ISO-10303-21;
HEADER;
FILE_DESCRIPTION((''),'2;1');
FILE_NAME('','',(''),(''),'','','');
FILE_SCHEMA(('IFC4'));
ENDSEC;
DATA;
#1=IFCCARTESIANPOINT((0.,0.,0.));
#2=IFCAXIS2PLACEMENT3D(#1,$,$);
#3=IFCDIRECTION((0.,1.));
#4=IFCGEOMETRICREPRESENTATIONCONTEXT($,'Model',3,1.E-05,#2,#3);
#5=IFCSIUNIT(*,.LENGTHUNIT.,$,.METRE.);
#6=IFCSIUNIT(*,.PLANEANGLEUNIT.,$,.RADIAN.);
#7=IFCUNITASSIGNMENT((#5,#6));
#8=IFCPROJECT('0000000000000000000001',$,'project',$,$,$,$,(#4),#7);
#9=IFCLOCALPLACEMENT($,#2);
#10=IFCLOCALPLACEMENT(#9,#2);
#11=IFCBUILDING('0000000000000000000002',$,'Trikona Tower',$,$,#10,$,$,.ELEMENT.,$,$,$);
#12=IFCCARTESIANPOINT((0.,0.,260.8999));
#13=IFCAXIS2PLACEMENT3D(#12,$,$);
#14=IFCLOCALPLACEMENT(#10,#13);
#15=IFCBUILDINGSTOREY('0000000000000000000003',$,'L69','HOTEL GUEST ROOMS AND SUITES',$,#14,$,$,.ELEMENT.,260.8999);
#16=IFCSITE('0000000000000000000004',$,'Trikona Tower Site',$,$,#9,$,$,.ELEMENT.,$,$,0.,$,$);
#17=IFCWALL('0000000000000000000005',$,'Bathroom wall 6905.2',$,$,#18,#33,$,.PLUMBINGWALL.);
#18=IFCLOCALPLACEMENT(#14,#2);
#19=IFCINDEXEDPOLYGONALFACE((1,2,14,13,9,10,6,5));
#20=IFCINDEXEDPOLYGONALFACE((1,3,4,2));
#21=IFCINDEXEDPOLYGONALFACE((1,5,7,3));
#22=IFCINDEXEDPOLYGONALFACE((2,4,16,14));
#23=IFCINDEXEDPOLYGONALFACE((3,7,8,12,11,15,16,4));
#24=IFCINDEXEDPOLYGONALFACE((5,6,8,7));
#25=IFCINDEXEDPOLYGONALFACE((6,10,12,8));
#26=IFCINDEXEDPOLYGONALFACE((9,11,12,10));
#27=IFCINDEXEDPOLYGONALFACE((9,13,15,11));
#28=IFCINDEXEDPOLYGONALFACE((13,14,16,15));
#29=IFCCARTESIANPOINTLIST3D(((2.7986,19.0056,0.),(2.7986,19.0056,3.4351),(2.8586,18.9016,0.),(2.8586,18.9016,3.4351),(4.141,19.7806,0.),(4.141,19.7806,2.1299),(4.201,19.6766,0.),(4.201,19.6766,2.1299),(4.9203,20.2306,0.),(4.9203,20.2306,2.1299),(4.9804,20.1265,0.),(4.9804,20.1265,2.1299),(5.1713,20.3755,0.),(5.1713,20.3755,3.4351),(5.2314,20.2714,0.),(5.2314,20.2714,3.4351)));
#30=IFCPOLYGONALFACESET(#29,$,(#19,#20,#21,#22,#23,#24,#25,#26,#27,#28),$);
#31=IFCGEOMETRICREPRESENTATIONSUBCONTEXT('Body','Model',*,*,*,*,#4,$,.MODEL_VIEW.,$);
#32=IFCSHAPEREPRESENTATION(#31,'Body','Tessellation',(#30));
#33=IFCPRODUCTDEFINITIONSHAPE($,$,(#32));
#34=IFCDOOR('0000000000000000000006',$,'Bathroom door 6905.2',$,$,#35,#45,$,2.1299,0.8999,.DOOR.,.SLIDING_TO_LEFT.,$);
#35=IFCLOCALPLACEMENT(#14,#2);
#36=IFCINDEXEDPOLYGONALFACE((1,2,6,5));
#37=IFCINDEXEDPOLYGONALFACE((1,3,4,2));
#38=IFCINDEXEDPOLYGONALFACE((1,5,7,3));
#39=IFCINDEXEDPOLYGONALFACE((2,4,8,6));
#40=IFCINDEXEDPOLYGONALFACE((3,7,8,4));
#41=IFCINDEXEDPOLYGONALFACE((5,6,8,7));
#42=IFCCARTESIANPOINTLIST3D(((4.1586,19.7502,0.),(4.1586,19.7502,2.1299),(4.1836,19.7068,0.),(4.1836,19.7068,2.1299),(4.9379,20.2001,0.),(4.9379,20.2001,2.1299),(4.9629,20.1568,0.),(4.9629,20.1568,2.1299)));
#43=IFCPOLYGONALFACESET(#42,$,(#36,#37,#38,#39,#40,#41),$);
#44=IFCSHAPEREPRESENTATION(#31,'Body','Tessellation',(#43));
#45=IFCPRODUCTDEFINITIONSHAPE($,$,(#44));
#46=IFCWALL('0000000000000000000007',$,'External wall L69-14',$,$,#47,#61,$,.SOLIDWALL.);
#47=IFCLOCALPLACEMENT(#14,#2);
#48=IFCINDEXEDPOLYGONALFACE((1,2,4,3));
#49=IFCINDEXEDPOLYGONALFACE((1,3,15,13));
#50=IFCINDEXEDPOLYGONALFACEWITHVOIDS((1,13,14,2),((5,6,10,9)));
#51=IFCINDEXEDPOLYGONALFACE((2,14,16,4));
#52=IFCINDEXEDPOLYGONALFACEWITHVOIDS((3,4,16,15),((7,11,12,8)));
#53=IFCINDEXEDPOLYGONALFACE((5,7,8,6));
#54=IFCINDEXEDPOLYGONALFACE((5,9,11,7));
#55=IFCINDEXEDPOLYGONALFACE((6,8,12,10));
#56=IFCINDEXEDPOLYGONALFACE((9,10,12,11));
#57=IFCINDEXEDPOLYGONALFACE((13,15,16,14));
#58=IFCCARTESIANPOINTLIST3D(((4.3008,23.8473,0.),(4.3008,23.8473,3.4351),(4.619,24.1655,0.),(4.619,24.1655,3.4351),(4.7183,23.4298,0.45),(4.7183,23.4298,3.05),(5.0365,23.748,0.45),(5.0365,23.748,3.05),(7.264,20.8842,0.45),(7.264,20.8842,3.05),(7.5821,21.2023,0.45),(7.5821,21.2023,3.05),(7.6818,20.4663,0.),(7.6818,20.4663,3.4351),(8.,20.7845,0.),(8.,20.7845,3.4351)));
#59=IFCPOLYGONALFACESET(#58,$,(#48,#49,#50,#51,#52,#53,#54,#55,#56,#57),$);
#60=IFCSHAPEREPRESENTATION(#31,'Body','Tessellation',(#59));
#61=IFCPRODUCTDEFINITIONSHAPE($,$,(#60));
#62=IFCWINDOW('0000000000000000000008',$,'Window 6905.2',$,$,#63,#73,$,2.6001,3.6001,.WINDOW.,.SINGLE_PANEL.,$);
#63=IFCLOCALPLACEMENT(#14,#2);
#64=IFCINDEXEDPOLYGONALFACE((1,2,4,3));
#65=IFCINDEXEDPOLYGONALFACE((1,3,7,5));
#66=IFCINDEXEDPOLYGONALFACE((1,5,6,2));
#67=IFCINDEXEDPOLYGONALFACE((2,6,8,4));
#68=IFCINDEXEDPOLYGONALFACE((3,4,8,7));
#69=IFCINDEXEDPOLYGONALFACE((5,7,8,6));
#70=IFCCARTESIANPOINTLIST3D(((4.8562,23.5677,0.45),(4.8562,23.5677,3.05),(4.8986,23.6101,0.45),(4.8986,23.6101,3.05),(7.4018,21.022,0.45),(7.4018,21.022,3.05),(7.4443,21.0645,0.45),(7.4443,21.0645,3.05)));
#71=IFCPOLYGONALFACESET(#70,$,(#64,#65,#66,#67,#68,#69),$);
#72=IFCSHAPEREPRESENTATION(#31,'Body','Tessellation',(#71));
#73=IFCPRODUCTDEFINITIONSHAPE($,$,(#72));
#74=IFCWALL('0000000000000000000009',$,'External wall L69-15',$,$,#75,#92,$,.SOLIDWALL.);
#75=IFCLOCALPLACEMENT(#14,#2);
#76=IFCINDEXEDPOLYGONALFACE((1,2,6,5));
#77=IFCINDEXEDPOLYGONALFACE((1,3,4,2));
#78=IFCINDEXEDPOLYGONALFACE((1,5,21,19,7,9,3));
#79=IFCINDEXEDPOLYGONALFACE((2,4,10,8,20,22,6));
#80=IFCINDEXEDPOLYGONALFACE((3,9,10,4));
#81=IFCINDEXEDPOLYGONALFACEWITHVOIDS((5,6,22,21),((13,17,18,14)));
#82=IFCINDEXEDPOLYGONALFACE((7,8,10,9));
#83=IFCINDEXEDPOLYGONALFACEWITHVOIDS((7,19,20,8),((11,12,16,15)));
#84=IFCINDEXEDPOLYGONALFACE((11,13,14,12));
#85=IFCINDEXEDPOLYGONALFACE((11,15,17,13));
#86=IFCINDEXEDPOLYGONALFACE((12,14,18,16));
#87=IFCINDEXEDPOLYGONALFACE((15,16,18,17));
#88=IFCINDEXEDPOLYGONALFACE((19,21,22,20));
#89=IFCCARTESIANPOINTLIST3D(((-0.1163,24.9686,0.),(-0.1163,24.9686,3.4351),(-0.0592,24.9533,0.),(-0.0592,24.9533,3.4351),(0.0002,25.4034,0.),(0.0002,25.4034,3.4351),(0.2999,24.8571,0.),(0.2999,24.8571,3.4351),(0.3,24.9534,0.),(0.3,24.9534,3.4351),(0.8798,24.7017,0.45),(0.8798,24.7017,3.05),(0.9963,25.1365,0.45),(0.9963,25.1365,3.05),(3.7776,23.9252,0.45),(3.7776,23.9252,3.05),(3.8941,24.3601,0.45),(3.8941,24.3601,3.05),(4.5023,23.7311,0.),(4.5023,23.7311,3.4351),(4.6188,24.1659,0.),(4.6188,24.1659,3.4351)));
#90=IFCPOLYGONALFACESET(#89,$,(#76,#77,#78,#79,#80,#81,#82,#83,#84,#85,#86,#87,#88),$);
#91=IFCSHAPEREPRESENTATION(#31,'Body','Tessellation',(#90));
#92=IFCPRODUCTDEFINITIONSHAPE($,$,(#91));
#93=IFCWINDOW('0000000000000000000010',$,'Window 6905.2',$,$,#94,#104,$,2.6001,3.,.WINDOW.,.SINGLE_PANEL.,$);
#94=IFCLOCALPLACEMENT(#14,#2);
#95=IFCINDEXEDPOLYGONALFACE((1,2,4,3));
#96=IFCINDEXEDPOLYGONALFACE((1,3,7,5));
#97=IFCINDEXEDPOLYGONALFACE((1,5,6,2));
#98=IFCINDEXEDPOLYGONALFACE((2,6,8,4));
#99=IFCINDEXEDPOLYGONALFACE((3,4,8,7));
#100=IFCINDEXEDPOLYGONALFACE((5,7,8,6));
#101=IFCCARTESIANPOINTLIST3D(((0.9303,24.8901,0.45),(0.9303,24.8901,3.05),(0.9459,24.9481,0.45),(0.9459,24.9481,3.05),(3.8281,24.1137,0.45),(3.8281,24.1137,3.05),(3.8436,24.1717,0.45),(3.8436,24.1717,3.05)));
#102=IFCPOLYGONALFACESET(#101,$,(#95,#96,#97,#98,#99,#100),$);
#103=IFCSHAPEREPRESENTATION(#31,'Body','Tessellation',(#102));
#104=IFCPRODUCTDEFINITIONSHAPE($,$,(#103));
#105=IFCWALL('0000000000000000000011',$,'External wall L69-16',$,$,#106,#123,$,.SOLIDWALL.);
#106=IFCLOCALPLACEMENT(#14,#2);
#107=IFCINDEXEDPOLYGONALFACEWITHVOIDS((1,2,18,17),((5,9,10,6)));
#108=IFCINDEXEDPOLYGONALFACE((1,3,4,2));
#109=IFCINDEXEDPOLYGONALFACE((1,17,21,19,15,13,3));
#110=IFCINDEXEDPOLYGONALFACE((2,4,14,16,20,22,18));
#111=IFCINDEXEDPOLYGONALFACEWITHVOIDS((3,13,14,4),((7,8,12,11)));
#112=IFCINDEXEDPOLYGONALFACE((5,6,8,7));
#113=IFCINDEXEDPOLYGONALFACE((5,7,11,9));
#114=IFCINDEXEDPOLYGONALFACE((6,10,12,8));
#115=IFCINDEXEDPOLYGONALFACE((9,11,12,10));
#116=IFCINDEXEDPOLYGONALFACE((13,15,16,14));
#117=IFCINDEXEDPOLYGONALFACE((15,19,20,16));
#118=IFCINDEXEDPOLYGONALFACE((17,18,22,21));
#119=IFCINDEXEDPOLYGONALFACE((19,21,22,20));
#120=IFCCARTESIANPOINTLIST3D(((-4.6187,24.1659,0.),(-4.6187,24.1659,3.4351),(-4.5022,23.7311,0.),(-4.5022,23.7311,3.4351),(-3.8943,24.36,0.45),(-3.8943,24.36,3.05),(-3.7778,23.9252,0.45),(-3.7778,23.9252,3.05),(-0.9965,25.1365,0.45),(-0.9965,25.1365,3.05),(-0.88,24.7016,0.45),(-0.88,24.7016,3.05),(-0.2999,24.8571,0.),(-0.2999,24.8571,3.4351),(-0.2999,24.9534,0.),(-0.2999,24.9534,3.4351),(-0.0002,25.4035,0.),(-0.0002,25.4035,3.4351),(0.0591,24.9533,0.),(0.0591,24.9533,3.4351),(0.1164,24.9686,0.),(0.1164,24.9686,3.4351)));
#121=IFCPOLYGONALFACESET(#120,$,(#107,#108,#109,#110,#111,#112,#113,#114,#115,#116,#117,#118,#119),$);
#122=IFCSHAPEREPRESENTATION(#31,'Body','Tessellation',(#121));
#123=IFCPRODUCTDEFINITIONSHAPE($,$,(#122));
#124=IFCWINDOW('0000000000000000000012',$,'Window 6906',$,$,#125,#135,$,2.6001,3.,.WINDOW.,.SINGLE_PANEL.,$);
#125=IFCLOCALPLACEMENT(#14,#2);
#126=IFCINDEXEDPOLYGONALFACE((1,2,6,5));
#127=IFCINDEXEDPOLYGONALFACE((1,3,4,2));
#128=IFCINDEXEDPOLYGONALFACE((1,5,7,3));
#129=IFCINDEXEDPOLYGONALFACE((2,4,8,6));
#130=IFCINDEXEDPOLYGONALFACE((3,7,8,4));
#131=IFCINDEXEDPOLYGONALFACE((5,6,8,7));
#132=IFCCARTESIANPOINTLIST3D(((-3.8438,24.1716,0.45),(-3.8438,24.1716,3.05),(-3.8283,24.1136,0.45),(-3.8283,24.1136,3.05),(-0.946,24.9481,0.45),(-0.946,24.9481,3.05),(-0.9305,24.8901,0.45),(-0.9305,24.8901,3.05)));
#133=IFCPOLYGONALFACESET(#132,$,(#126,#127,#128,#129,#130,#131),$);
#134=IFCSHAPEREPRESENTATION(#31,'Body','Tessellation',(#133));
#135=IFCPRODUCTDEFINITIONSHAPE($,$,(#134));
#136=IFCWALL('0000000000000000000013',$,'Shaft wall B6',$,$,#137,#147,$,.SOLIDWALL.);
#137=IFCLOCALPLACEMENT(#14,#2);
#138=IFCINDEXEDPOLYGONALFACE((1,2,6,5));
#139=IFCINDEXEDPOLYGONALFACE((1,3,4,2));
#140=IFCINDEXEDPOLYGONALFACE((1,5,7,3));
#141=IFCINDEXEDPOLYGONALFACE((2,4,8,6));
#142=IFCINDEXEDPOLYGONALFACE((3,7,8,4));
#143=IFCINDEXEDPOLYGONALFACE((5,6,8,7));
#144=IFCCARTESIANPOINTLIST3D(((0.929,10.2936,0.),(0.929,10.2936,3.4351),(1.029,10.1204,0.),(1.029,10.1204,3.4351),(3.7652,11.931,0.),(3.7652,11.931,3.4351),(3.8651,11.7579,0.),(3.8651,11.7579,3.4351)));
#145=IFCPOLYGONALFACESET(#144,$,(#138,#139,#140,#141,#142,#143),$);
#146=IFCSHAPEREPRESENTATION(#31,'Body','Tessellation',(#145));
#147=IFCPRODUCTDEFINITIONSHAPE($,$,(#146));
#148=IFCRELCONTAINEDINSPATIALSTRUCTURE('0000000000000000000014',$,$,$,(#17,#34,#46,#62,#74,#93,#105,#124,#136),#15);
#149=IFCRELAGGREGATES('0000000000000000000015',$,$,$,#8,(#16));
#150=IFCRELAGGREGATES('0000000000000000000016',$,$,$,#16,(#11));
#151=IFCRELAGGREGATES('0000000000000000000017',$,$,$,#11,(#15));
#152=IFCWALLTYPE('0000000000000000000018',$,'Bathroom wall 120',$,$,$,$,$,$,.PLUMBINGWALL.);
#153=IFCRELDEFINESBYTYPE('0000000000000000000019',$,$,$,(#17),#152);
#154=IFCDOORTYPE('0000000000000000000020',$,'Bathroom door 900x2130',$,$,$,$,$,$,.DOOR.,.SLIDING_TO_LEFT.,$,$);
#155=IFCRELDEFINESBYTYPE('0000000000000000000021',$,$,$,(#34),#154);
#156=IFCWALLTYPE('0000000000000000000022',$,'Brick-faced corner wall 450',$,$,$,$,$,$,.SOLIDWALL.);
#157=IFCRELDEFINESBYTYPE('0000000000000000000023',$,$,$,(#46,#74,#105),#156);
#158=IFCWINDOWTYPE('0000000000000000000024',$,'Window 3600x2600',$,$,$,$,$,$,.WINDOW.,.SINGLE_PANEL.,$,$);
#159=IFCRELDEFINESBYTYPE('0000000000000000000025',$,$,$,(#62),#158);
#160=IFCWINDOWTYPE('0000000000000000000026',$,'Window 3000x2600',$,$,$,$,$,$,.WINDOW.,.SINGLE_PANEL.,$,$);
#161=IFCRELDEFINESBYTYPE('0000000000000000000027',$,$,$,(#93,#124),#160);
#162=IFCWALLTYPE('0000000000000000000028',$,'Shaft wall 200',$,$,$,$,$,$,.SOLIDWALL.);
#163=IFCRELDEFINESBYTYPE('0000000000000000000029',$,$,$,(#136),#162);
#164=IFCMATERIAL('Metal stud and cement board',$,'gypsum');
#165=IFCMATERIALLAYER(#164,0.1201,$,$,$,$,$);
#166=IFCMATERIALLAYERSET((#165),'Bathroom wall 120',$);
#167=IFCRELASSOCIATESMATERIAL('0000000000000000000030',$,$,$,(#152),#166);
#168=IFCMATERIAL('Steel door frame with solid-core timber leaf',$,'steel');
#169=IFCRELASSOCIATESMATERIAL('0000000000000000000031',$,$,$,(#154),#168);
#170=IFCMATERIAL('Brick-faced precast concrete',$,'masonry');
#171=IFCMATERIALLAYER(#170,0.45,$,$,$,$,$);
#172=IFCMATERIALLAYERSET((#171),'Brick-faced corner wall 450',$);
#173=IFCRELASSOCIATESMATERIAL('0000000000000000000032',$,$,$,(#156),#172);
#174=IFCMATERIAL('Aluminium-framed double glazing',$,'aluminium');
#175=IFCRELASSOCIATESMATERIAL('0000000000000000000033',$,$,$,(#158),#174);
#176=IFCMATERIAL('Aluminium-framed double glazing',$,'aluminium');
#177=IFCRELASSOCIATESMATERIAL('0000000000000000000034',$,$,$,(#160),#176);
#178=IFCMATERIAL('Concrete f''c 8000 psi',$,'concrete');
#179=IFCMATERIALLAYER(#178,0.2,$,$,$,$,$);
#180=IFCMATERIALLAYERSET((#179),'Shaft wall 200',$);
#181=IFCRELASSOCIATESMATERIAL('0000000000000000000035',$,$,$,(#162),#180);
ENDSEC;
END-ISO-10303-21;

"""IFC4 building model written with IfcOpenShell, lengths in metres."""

from ifc_helpers import new_model, si_unit, direction, frame, frame_2d, origin, place, context, subcontext, project, spatial, polyline, rectangle, outline, extrude, material, layer, layer_set, type_object, element, fill, save


model = new_model("IFC4")

# Units and contexts
model_context = context("Model", 3, precision=1e-05, world=origin(), true_north=direction((0.0, 1.0)))
body_context = subcontext(model_context, "Body", "Model", "MODEL_VIEW")
ifc_project = project(units=[si_unit("LENGTHUNIT", "METRE"), si_unit("PLANEANGLEUNIT", "RADIAN")], contexts=[model_context])

# Site, building, storey
site_placement = place(None, origin())
site = spatial("IfcSite", under=ifc_project, at=site_placement, Name="Trikona Tower Site", CompositionType="ELEMENT", RefElevation=0.0)
building_placement = place(site_placement, origin())
building = spatial("IfcBuilding", under=site, at=building_placement, Name="Trikona Tower", CompositionType="ELEMENT")
storey_placement = place(building_placement, frame((0.0, 0.0, 260.8999)))
storey = spatial("IfcBuildingStorey", under=building, at=storey_placement, Name="L69", Description="HOTEL GUEST ROOMS AND SUITES", CompositionType="ELEMENT", Elevation=260.8999)

# Shared definitions
ifc_material_1 = material(Name="Metal stud and cement board", Category="gypsum")
ifc_layer_1 = layer(ifc_material_1, 0.1201)
ifc_layer_set_1 = layer_set([ifc_layer_1], Name="Bathroom wall 120")
wall_type_1 = type_object("IfcWallType", Name="Bathroom wall 120", PredefinedType="PLUMBINGWALL", material=ifc_layer_set_1)

# Wall, opening, door
wall_1_placement = place(storey_placement, frame((2.8286, 18.9536, 0.0), z_axis=(0.0, 0.0, 1.0), x_axis=(0.866036, 0.499982, 0.0)))
wall_1 = element("IfcWall", 1, at=wall_1_placement, inside=storey, type_object=wall_type_1, Name="Bathroom wall 6905.2", PredefinedType="PLUMBINGWALL", context=body_context, shape_type="SweptSolid", body=[
    extrude(rectangle(XDim=2.7397, YDim=0.1201, at=frame_2d((1.3699, 0.0))), origin(), (0.0, 0.0, 1.0), 3.4351),
])
opening_1_placement = place(wall_1_placement, frame((1.55, 0.0, 0.0)))
opening_1 = element("IfcOpeningElement", 2, at=opening_1_placement, cuts=wall_1, PredefinedType="OPENING", context=body_context, shape_type="SweptSolid", body=[
    extrude(rectangle(XDim=0.8999, YDim=2.1299, at=frame_2d((0.45, 1.0649))), frame((0.0, 0.0701, 0.0), z_axis=(0.0, -1.0, 0.0), x_axis=(1.0, 0.0, 0.0)), (0.0, 0.0, 1.0), 0.1401),
])
ifc_material_2 = material(Name="Steel door frame with solid-core timber leaf", Category="steel")
door_type_1 = type_object("IfcDoorType", Name="Bathroom door 900x2130", OperationType="SLIDING_TO_LEFT", PredefinedType="DOOR", material=ifc_material_2)
door_1_placement = place(opening_1_placement, origin())
door_1 = element("IfcDoor", 3, at=door_1_placement, inside=storey, type_object=door_type_1, Name="Bathroom door 6905.2", OperationType="SLIDING_TO_LEFT", OverallHeight=2.1299, OverallWidth=0.8999, PredefinedType="DOOR", context=body_context, shape_type="SweptSolid", body=[
    extrude(rectangle(XDim=0.8999, YDim=2.1299, at=frame_2d((0.45, 1.0649))), frame((0.0, 0.0249, 0.0), z_axis=(0.0, -1.0, 0.0), x_axis=(1.0, 0.0, 0.0)), (0.0, 0.0, 1.0), 0.05),
])
fill(opening_1, door_1)

# Walls, openings, windows
ifc_material_3 = material(Name="Brick-faced precast concrete", Category="masonry")
ifc_layer_2 = layer(ifc_material_3, 0.45)
ifc_layer_set_2 = layer_set([ifc_layer_2], Name="Brick-faced corner wall 450")
wall_type_2 = type_object("IfcWallType", Name="Brick-faced corner wall 450", PredefinedType="SOLIDWALL", material=ifc_layer_set_2)
wall_2_placement = place(storey_placement, frame((7.8408, 20.6255, 0.0), z_axis=(0.0, 0.0, 1.0), x_axis=(-0.707107, 0.707107, 0.0)))
wall_2 = element("IfcWall", 4, at=wall_2_placement, inside=storey, type_object=wall_type_2, Name="External wall L69-14", PredefinedType="SOLIDWALL", context=body_context, shape_type="SweptSolid", body=[
    extrude(rectangle(XDim=4.7815, YDim=0.45, at=frame_2d((2.3906, 0.0))), origin(), (0.0, 0.0, 1.0), 3.4351),
])
opening_2_placement = place(wall_2_placement, frame((0.5908, 0.0, 0.45)))
opening_2 = element("IfcOpeningElement", 5, at=opening_2_placement, cuts=wall_2, PredefinedType="OPENING", context=body_context, shape_type="SweptSolid", body=[
    extrude(rectangle(XDim=3.6001, YDim=2.6001, at=frame_2d((1.8, 1.3))), frame((0.0, 0.2349, 0.0), z_axis=(0.0, -1.0, 0.0), x_axis=(1.0, 0.0, 0.0)), (0.0, 0.0, 1.0), 0.47),
])
ifc_material_4 = material(Name="Aluminium-framed double glazing", Category="aluminium")
window_type_1 = type_object("IfcWindowType", Name="Window 3600x2600", PartitioningType="SINGLE_PANEL", PredefinedType="WINDOW", material=ifc_material_4)
window_1_placement = place(opening_2_placement, origin())
window_1 = element("IfcWindow", 6, at=window_1_placement, inside=storey, type_object=window_type_1, Name="Window 6905.2", OverallHeight=2.6001, OverallWidth=3.6001, PartitioningType="SINGLE_PANEL", PredefinedType="WINDOW", context=body_context, shape_type="SweptSolid", body=[
    extrude(rectangle(XDim=3.6001, YDim=2.6001, at=frame_2d((1.8, 1.3))), frame((0.0, 0.03, 0.0), z_axis=(0.0, -1.0, 0.0), x_axis=(1.0, 0.0, 0.0)), (0.0, 0.0, 1.0), 0.0601),
])
fill(opening_2, window_1)
wall_3_placement = place(storey_placement, frame((4.5605, 23.9485, 0.0), z_axis=(0.0, 0.0, 1.0), x_axis=(-0.965927, 0.258816, 0.0)))
wall_3 = element("IfcWall", 7, at=wall_3_placement, inside=storey, type_object=wall_type_2, Name="External wall L69-15", PredefinedType="SOLIDWALL", context=body_context, shape_type="SweptSolid", body=[
    extrude(outline(polyline([(4.7815, 0.2251), (4.7224, 0.2251), (4.3755, 0.1321), (4.3506, 0.2251), (0.0, 0.2251), (0.0, -0.2251), (4.7815, -0.2251), (4.7815, 0.2251)])), origin(), (0.0, 0.0, 1.0), 3.4351),
])
opening_3_placement = place(wall_3_placement, frame((0.7502, 0.0, 0.45)))
opening_3 = element("IfcOpeningElement", 8, at=opening_3_placement, cuts=wall_3, PredefinedType="OPENING", context=body_context, shape_type="SweptSolid", body=[
    extrude(rectangle(XDim=3.0, YDim=2.6001, at=frame_2d((1.5, 1.3))), frame((0.0, 0.2349, 0.0), z_axis=(0.0, -1.0, 0.0), x_axis=(1.0, 0.0, 0.0)), (0.0, 0.0, 1.0), 0.47),
])
ifc_material_5 = material(Name="Aluminium-framed double glazing", Category="aluminium")
window_type_2 = type_object("IfcWindowType", Name="Window 3000x2600", PartitioningType="SINGLE_PANEL", PredefinedType="WINDOW", material=ifc_material_5)
window_2_placement = place(opening_3_placement, origin())
window_2 = element("IfcWindow", 9, at=window_2_placement, inside=storey, type_object=window_type_2, Name="Window 6905.2", OverallHeight=2.6001, OverallWidth=3.0, PartitioningType="SINGLE_PANEL", PredefinedType="WINDOW", context=body_context, shape_type="SweptSolid", body=[
    extrude(rectangle(XDim=3.0, YDim=2.6001, at=frame_2d((1.5, 1.3))), frame((0.0, 0.03, 0.0), z_axis=(0.0, -1.0, 0.0), x_axis=(1.0, 0.0, 0.0)), (0.0, 0.0, 1.0), 0.0601),
])
fill(opening_3, window_2)
wall_4_placement = place(storey_placement, frame((0.0581, 25.186, 0.0), z_axis=(0.0, 0.0, 1.0), x_axis=(-0.965927, -0.258816, 0.0)))
wall_4 = element("IfcWall", 10, at=wall_4_placement, inside=storey, type_object=wall_type_2, Name="External wall L69-16", PredefinedType="SOLIDWALL", context=body_context, shape_type="SweptSolid", body=[
    extrude(outline(polyline([(4.7815, 0.2251), (0.4309, 0.2251), (0.406, 0.1321), (0.0593, 0.2251), (0.0, 0.2251), (0.0, -0.2251), (4.7815, -0.2251), (4.7815, 0.2251)])), origin(), (0.0, 0.0, 1.0), 3.4351),
])
opening_4_placement = place(wall_4_placement, frame((1.0315, 0.0, 0.45)))
opening_4 = element("IfcOpeningElement", 11, at=opening_4_placement, cuts=wall_4, PredefinedType="OPENING", context=body_context, shape_type="SweptSolid", body=[
    extrude(rectangle(XDim=3.0, YDim=2.6001, at=frame_2d((1.5, 1.3))), frame((0.0, 0.2349, 0.0), z_axis=(0.0, -1.0, 0.0), x_axis=(1.0, 0.0, 0.0)), (0.0, 0.0, 1.0), 0.47),
])
window_3_placement = place(opening_4_placement, origin())
window_3 = element("IfcWindow", 12, at=window_3_placement, inside=storey, type_object=window_type_2, Name="Window 6906", OverallHeight=2.6001, OverallWidth=3.0, PartitioningType="SINGLE_PANEL", PredefinedType="WINDOW", context=body_context, shape_type="SweptSolid", body=[
    extrude(rectangle(XDim=3.0, YDim=2.6001, at=frame_2d((1.5, 1.3))), frame((0.0, 0.03, 0.0), z_axis=(0.0, -1.0, 0.0), x_axis=(1.0, 0.0, 0.0)), (0.0, 0.0, 1.0), 0.0601),
])
fill(opening_4, window_3)

# Wall
ifc_material_6 = material(Name="Concrete f'c 8000 psi", Category="concrete")
ifc_layer_3 = layer(ifc_material_6, 0.2)
ifc_layer_set_3 = layer_set([ifc_layer_3], Name="Shaft wall 200")
wall_type_3 = type_object("IfcWallType", Name="Shaft wall 200", PredefinedType="SOLIDWALL", material=ifc_layer_set_3)
wall_5_placement = place(storey_placement, frame((0.979, 10.207, 0.0), z_axis=(0.0, 0.0, 1.0), x_axis=(0.866028, 0.499996, 0.0)))
element("IfcWall", 13, at=wall_5_placement, inside=storey, type_object=wall_type_3, Name="Shaft wall B6", PredefinedType="SOLIDWALL", context=body_context, shape_type="SweptSolid", body=[
    extrude(rectangle(XDim=3.2749, YDim=0.2, at=frame_2d((1.6375, 0.0))), origin(), (0.0, 0.0, 1.0), 3.4351),
])

save(model, "model.ifc")
